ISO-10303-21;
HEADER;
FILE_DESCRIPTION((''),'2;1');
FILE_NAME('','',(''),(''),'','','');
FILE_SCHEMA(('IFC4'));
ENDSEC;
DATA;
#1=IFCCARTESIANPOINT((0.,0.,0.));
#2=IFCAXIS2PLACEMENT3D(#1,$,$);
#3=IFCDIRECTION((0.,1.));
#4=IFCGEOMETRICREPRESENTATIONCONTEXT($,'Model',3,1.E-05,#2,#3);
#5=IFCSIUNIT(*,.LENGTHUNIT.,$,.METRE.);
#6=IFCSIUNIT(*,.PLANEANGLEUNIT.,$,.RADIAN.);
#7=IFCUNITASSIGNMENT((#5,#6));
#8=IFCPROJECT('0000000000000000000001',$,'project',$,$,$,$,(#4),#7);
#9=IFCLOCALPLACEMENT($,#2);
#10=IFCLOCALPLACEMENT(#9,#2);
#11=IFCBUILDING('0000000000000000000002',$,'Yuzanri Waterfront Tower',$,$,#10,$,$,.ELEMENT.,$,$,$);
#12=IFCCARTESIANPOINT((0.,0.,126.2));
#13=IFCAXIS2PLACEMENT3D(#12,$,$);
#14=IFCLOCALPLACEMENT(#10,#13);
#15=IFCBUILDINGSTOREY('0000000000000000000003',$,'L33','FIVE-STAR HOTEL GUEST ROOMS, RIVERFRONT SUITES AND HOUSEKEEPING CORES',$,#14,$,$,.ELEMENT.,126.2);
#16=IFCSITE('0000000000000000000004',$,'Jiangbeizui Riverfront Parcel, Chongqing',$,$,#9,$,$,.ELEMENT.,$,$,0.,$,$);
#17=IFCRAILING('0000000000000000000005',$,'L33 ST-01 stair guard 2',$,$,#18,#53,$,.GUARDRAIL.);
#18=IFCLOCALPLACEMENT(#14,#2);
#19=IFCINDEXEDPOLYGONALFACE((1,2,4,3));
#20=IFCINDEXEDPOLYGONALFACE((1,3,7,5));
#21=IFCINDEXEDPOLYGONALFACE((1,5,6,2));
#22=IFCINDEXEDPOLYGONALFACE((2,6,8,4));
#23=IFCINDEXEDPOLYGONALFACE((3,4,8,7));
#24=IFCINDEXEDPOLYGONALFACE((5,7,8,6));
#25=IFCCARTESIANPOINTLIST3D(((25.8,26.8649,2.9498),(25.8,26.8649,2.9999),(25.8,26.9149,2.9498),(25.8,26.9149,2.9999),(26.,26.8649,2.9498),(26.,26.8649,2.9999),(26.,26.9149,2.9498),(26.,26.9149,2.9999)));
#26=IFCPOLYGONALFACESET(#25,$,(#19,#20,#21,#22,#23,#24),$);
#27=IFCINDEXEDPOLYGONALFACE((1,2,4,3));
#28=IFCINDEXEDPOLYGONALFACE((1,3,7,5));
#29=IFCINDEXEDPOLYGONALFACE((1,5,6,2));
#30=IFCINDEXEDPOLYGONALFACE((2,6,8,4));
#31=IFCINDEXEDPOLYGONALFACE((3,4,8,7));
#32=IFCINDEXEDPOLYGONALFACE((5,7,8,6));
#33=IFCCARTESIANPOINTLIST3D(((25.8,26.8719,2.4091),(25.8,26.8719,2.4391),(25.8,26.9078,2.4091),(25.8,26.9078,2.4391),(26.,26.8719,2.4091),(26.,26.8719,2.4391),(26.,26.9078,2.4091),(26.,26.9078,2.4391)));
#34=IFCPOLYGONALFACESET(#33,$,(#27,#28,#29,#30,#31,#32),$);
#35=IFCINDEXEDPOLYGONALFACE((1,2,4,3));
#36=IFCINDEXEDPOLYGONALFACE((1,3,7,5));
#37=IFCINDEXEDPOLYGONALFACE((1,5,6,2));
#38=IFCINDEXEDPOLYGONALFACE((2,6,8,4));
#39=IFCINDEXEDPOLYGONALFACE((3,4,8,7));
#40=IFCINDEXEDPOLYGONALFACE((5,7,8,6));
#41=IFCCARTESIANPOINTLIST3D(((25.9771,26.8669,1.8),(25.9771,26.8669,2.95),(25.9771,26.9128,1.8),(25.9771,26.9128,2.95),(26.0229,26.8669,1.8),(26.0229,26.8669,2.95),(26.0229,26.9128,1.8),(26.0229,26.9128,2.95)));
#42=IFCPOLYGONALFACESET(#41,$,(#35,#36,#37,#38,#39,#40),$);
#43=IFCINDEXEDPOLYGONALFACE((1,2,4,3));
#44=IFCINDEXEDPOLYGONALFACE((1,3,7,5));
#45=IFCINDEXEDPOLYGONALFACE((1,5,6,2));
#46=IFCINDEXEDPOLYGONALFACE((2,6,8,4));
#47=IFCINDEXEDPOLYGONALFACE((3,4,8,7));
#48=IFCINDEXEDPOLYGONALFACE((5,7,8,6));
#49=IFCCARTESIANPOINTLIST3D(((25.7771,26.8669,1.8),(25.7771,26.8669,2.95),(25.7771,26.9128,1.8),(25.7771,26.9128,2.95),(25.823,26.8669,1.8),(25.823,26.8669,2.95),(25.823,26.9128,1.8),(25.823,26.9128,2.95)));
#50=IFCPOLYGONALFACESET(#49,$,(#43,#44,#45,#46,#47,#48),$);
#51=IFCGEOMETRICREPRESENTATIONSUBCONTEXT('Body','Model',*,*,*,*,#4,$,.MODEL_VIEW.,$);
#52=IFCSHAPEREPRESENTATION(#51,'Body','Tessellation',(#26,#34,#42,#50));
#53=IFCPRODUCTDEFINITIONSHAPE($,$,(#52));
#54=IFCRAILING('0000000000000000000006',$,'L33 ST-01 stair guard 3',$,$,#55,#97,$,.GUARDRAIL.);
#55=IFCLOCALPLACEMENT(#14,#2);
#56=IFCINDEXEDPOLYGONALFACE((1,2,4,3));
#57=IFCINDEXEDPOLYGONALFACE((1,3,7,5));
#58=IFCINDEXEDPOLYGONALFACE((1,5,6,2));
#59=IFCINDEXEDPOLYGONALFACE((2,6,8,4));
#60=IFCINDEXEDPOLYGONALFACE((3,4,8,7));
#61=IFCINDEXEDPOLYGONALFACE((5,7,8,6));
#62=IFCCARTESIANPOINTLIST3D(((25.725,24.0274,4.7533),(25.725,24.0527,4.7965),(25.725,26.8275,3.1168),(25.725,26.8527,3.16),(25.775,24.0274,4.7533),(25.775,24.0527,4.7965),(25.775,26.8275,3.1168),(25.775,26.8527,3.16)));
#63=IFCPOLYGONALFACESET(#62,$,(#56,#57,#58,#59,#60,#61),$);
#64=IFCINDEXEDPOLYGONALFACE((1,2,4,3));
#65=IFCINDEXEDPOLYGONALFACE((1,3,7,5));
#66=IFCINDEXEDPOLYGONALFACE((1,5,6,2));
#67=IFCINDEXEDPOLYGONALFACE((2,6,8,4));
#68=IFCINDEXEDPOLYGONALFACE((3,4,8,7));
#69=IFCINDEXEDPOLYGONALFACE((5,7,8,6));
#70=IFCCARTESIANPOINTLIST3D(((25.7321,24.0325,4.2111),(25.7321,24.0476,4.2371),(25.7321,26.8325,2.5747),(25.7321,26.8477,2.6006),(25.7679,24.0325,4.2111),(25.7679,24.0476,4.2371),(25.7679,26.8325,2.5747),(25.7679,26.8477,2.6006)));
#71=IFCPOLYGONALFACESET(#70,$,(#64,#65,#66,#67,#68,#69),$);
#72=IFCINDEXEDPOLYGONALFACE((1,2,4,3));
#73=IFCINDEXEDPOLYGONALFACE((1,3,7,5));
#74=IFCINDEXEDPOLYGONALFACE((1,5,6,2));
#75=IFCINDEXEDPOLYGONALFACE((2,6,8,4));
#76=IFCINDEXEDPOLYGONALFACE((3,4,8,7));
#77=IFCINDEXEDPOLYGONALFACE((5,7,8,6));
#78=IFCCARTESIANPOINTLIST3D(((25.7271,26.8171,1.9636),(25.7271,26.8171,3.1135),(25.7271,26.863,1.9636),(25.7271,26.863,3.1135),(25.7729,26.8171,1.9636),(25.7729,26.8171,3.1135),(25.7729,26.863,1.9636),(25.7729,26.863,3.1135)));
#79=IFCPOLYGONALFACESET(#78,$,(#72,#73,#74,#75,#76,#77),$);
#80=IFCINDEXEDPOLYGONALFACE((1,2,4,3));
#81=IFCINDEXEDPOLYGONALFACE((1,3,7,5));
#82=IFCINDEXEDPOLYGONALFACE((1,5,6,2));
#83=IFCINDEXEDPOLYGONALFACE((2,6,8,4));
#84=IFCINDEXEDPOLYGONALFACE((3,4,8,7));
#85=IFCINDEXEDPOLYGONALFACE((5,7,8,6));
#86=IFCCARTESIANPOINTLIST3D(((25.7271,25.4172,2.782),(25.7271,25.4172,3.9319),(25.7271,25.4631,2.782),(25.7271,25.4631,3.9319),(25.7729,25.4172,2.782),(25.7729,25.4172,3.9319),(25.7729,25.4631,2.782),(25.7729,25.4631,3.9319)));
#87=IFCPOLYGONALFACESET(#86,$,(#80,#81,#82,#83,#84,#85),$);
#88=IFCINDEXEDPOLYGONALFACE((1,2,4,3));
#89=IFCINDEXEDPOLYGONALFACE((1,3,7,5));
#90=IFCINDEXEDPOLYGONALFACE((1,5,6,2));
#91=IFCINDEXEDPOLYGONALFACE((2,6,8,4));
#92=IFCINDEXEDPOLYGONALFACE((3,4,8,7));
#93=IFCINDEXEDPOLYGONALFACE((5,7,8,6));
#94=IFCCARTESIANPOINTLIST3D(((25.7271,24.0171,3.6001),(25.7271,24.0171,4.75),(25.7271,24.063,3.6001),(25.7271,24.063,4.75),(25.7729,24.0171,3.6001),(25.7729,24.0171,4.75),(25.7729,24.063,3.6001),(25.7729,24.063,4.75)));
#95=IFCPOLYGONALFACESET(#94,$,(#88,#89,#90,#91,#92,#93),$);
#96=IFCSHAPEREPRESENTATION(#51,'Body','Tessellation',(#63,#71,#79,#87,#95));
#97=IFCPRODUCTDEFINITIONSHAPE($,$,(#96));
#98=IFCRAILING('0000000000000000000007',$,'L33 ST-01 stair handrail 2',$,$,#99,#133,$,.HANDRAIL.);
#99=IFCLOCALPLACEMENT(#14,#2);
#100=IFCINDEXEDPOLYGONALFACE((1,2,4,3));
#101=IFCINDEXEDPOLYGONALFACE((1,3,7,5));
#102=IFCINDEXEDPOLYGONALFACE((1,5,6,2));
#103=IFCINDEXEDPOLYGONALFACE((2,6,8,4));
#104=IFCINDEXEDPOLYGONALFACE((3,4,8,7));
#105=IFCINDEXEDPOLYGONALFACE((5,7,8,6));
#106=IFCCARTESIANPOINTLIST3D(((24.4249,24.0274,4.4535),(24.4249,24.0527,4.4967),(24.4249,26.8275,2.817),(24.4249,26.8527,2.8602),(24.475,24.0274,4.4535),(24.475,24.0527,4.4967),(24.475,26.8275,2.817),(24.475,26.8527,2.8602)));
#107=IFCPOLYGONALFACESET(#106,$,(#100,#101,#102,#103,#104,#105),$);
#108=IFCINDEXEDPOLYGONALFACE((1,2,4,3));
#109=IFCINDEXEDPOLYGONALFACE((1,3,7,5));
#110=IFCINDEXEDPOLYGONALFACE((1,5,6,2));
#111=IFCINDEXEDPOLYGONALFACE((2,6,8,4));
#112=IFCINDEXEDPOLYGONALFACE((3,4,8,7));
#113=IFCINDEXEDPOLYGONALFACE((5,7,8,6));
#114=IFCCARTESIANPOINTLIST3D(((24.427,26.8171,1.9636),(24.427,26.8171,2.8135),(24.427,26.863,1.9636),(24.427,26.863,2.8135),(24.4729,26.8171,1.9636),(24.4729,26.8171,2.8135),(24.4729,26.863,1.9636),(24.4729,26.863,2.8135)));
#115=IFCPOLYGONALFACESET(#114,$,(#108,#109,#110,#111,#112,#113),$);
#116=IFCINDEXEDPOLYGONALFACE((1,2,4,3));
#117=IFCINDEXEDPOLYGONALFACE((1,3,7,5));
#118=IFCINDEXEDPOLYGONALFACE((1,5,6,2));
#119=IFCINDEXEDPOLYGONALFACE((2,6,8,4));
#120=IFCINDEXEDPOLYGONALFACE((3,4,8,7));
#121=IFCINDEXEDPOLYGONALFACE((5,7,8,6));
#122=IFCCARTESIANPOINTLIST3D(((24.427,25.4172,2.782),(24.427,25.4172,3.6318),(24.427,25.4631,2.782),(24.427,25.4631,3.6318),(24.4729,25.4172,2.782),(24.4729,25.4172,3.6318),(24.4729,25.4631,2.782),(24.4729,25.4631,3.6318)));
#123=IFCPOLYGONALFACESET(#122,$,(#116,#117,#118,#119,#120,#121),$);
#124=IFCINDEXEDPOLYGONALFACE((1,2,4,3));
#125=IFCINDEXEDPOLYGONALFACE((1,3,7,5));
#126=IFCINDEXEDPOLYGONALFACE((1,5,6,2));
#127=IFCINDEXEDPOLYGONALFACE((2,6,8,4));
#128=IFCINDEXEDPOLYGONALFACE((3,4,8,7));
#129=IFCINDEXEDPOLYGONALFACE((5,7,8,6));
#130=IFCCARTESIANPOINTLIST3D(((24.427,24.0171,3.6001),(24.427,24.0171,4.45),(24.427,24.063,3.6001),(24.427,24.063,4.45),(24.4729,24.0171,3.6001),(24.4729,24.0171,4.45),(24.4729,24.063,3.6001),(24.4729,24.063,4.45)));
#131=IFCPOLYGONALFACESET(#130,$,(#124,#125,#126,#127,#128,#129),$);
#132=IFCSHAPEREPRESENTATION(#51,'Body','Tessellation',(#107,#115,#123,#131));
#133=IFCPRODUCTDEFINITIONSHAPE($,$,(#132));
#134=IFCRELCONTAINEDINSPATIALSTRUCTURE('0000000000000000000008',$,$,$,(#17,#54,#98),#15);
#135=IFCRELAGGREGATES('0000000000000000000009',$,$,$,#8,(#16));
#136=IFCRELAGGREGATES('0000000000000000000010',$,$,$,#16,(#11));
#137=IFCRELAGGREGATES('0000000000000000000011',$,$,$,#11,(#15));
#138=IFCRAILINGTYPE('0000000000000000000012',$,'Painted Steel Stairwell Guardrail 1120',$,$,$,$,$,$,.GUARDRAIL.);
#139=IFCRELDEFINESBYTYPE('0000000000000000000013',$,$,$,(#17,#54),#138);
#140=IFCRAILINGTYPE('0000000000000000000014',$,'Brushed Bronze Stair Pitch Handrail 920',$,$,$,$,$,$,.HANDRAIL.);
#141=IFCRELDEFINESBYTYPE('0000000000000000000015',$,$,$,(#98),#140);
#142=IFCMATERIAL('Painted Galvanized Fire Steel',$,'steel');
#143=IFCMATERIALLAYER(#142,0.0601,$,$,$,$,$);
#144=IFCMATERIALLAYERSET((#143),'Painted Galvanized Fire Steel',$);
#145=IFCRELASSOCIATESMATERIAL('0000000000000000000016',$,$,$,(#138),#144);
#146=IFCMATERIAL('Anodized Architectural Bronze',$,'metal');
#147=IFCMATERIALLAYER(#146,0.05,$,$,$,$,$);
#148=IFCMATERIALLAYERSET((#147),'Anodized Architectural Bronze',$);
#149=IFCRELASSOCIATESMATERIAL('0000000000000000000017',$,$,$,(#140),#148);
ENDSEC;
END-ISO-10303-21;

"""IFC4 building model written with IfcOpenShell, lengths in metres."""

from ifc_helpers import new_model, si_unit, direction, frame, origin, origin_2d, place, context, subcontext, project, spatial, rectangle, extrude, source, transform, mapped, material, layer, layer_set, type_object, element, save


model = new_model("IFC4")

# Units and contexts
model_context = context("Model", 3, precision=1e-05, world=origin(), true_north=direction((0.0, 1.0)))
body_context = subcontext(model_context, "Body", "Model", "MODEL_VIEW")
ifc_project = project(units=[si_unit("LENGTHUNIT", "METRE"), si_unit("PLANEANGLEUNIT", "RADIAN")], contexts=[model_context])

# Site, building, storey
site_placement = place(None, origin())
site = spatial("IfcSite", under=ifc_project, at=site_placement, Name="Jiangbeizui Riverfront Parcel, Chongqing", CompositionType="ELEMENT", RefElevation=0.0)
building_placement = place(site_placement, origin())
building = spatial("IfcBuilding", under=site, at=building_placement, Name="Yuzanri Waterfront Tower", CompositionType="ELEMENT")
storey_placement = place(building_placement, frame((0.0, 0.0, 126.2)))
storey = spatial("IfcBuildingStorey", under=building, at=storey_placement, Name="L33", Description="FIVE-STAR HOTEL GUEST ROOMS, RIVERFRONT SUITES AND HOUSEKEEPING CORES", CompositionType="ELEMENT", Elevation=126.2)

# Railings
ifc_material_1 = material(Name="Painted Galvanized Fire Steel", Category="steel")
ifc_layer_1 = layer(ifc_material_1, 0.0601)
ifc_layer_set_1 = layer_set([ifc_layer_1], Name="Painted Galvanized Fire Steel")
railing_type_1 = type_object("IfcRailingType", Name="Painted Steel Stairwell Guardrail 1120", PredefinedType="GUARDRAIL", material=ifc_layer_set_1)
shared_shape_1 = source(origin(), body_context, "Body", "SweptSolid", [
    extrude(rectangle(XDim=0.05, YDim=0.05, at=origin_2d()), frame((0.0, 0.0, 1.1748), z_axis=(-1.0, 0.0, 0.0), x_axis=(0.0, -1.0, 0.0)), (0.0, 0.0, 1.0), 0.2),
    extrude(rectangle(XDim=0.0359, YDim=0.03, at=origin_2d()), frame((0.0, 0.0, 0.624), z_axis=(-1.0, 0.0, 0.0), x_axis=(0.0, -1.0, 0.0)), (0.0, 0.0, 1.0), 0.2),
    extrude(rectangle(XDim=0.0459, YDim=0.0459, at=origin_2d()), origin(), (0.0, 0.0, 1.0), 1.1499),
    extrude(rectangle(XDim=0.0459, YDim=0.0459, at=origin_2d()), frame((-0.2, 0.0, 0.0)), (0.0, 0.0, 1.0), 1.1499),
])
railing_1_placement = place(storey_placement, frame((26.0, 26.8899, 1.8)))
element("IfcRailing", 1, at=railing_1_placement, inside=storey, type_object=railing_type_1, Name="L33 ST-01 stair guard 2", PredefinedType="GUARDRAIL", context=body_context, shape_type="MappedRepresentation", body=[
    mapped(shared_shape_1, transform((0.0, 0.0, 0.0), scale=1.0)),
])
shared_shape_2 = source(origin(), body_context, "Body", "SweptSolid", [
    extrude(rectangle(XDim=0.05, YDim=0.05, at=origin_2d()), frame((0.0, 0.0, 1.1748), z_axis=(0.0, -0.863361, 0.504587), x_axis=(1.0, 0.0, 0.0)), (0.0, 0.0, 1.0), 3.2432),
    extrude(rectangle(XDim=0.0359, YDim=0.03, at=origin_2d()), frame((0.0, 0.0, 0.624), z_axis=(0.0, -0.863361, 0.504587), x_axis=(1.0, 0.0, 0.0)), (0.0, 0.0, 1.0), 3.2432),
    extrude(rectangle(XDim=0.0459, YDim=0.0459, at=origin_2d()), origin(), (0.0, 0.0, 1.0), 1.1499),
    extrude(rectangle(XDim=0.0459, YDim=0.0459, at=origin_2d()), frame((0.0, -1.3999, 0.8184)), (0.0, 0.0, 1.0), 1.1499),
    extrude(rectangle(XDim=0.0459, YDim=0.0459, at=origin_2d()), frame((0.0, -2.8, 1.6365)), (0.0, 0.0, 1.0), 1.1499),
])
railing_2_placement = place(storey_placement, frame((25.75, 26.8401, 1.9636)))
element("IfcRailing", 2, at=railing_2_placement, inside=storey, type_object=railing_type_1, Name="L33 ST-01 stair guard 3", PredefinedType="GUARDRAIL", context=body_context, shape_type="MappedRepresentation", body=[
    mapped(shared_shape_2, transform((0.0, 0.0, 0.0), scale=1.0)),
])
ifc_material_2 = material(Name="Anodized Architectural Bronze", Category="metal")
ifc_layer_2 = layer(ifc_material_2, 0.05)
ifc_layer_set_2 = layer_set([ifc_layer_2], Name="Anodized Architectural Bronze")
railing_type_2 = type_object("IfcRailingType", Name="Brushed Bronze Stair Pitch Handrail 920", PredefinedType="HANDRAIL", material=ifc_layer_set_2)
shared_shape_3 = source(origin(), body_context, "Body", "SweptSolid", [
    extrude(rectangle(XDim=0.05, YDim=0.05, at=origin_2d()), frame((0.0, 0.0, 0.875), z_axis=(0.0, -0.863361, 0.504587), x_axis=(1.0, 0.0, 0.0)), (0.0, 0.0, 1.0), 3.2432),
    extrude(rectangle(XDim=0.0459, YDim=0.0459, at=origin_2d()), origin(), (0.0, 0.0, 1.0), 0.8499),
    extrude(rectangle(XDim=0.0459, YDim=0.0459, at=origin_2d()), frame((0.0, -1.3999, 0.8184)), (0.0, 0.0, 1.0), 0.8499),
    extrude(rectangle(XDim=0.0459, YDim=0.0459, at=origin_2d()), frame((0.0, -2.8, 1.6365)), (0.0, 0.0, 1.0), 0.8499),
])
railing_3_placement = place(storey_placement, frame((24.45, 26.8401, 1.9636)))
element("IfcRailing", 3, at=railing_3_placement, inside=storey, type_object=railing_type_2, Name="L33 ST-01 stair handrail 2", PredefinedType="HANDRAIL", context=body_context, shape_type="MappedRepresentation", body=[
    mapped(shared_shape_3, transform((0.0, 0.0, 0.0), scale=1.0)),
])

save(model, "model.ifc")
